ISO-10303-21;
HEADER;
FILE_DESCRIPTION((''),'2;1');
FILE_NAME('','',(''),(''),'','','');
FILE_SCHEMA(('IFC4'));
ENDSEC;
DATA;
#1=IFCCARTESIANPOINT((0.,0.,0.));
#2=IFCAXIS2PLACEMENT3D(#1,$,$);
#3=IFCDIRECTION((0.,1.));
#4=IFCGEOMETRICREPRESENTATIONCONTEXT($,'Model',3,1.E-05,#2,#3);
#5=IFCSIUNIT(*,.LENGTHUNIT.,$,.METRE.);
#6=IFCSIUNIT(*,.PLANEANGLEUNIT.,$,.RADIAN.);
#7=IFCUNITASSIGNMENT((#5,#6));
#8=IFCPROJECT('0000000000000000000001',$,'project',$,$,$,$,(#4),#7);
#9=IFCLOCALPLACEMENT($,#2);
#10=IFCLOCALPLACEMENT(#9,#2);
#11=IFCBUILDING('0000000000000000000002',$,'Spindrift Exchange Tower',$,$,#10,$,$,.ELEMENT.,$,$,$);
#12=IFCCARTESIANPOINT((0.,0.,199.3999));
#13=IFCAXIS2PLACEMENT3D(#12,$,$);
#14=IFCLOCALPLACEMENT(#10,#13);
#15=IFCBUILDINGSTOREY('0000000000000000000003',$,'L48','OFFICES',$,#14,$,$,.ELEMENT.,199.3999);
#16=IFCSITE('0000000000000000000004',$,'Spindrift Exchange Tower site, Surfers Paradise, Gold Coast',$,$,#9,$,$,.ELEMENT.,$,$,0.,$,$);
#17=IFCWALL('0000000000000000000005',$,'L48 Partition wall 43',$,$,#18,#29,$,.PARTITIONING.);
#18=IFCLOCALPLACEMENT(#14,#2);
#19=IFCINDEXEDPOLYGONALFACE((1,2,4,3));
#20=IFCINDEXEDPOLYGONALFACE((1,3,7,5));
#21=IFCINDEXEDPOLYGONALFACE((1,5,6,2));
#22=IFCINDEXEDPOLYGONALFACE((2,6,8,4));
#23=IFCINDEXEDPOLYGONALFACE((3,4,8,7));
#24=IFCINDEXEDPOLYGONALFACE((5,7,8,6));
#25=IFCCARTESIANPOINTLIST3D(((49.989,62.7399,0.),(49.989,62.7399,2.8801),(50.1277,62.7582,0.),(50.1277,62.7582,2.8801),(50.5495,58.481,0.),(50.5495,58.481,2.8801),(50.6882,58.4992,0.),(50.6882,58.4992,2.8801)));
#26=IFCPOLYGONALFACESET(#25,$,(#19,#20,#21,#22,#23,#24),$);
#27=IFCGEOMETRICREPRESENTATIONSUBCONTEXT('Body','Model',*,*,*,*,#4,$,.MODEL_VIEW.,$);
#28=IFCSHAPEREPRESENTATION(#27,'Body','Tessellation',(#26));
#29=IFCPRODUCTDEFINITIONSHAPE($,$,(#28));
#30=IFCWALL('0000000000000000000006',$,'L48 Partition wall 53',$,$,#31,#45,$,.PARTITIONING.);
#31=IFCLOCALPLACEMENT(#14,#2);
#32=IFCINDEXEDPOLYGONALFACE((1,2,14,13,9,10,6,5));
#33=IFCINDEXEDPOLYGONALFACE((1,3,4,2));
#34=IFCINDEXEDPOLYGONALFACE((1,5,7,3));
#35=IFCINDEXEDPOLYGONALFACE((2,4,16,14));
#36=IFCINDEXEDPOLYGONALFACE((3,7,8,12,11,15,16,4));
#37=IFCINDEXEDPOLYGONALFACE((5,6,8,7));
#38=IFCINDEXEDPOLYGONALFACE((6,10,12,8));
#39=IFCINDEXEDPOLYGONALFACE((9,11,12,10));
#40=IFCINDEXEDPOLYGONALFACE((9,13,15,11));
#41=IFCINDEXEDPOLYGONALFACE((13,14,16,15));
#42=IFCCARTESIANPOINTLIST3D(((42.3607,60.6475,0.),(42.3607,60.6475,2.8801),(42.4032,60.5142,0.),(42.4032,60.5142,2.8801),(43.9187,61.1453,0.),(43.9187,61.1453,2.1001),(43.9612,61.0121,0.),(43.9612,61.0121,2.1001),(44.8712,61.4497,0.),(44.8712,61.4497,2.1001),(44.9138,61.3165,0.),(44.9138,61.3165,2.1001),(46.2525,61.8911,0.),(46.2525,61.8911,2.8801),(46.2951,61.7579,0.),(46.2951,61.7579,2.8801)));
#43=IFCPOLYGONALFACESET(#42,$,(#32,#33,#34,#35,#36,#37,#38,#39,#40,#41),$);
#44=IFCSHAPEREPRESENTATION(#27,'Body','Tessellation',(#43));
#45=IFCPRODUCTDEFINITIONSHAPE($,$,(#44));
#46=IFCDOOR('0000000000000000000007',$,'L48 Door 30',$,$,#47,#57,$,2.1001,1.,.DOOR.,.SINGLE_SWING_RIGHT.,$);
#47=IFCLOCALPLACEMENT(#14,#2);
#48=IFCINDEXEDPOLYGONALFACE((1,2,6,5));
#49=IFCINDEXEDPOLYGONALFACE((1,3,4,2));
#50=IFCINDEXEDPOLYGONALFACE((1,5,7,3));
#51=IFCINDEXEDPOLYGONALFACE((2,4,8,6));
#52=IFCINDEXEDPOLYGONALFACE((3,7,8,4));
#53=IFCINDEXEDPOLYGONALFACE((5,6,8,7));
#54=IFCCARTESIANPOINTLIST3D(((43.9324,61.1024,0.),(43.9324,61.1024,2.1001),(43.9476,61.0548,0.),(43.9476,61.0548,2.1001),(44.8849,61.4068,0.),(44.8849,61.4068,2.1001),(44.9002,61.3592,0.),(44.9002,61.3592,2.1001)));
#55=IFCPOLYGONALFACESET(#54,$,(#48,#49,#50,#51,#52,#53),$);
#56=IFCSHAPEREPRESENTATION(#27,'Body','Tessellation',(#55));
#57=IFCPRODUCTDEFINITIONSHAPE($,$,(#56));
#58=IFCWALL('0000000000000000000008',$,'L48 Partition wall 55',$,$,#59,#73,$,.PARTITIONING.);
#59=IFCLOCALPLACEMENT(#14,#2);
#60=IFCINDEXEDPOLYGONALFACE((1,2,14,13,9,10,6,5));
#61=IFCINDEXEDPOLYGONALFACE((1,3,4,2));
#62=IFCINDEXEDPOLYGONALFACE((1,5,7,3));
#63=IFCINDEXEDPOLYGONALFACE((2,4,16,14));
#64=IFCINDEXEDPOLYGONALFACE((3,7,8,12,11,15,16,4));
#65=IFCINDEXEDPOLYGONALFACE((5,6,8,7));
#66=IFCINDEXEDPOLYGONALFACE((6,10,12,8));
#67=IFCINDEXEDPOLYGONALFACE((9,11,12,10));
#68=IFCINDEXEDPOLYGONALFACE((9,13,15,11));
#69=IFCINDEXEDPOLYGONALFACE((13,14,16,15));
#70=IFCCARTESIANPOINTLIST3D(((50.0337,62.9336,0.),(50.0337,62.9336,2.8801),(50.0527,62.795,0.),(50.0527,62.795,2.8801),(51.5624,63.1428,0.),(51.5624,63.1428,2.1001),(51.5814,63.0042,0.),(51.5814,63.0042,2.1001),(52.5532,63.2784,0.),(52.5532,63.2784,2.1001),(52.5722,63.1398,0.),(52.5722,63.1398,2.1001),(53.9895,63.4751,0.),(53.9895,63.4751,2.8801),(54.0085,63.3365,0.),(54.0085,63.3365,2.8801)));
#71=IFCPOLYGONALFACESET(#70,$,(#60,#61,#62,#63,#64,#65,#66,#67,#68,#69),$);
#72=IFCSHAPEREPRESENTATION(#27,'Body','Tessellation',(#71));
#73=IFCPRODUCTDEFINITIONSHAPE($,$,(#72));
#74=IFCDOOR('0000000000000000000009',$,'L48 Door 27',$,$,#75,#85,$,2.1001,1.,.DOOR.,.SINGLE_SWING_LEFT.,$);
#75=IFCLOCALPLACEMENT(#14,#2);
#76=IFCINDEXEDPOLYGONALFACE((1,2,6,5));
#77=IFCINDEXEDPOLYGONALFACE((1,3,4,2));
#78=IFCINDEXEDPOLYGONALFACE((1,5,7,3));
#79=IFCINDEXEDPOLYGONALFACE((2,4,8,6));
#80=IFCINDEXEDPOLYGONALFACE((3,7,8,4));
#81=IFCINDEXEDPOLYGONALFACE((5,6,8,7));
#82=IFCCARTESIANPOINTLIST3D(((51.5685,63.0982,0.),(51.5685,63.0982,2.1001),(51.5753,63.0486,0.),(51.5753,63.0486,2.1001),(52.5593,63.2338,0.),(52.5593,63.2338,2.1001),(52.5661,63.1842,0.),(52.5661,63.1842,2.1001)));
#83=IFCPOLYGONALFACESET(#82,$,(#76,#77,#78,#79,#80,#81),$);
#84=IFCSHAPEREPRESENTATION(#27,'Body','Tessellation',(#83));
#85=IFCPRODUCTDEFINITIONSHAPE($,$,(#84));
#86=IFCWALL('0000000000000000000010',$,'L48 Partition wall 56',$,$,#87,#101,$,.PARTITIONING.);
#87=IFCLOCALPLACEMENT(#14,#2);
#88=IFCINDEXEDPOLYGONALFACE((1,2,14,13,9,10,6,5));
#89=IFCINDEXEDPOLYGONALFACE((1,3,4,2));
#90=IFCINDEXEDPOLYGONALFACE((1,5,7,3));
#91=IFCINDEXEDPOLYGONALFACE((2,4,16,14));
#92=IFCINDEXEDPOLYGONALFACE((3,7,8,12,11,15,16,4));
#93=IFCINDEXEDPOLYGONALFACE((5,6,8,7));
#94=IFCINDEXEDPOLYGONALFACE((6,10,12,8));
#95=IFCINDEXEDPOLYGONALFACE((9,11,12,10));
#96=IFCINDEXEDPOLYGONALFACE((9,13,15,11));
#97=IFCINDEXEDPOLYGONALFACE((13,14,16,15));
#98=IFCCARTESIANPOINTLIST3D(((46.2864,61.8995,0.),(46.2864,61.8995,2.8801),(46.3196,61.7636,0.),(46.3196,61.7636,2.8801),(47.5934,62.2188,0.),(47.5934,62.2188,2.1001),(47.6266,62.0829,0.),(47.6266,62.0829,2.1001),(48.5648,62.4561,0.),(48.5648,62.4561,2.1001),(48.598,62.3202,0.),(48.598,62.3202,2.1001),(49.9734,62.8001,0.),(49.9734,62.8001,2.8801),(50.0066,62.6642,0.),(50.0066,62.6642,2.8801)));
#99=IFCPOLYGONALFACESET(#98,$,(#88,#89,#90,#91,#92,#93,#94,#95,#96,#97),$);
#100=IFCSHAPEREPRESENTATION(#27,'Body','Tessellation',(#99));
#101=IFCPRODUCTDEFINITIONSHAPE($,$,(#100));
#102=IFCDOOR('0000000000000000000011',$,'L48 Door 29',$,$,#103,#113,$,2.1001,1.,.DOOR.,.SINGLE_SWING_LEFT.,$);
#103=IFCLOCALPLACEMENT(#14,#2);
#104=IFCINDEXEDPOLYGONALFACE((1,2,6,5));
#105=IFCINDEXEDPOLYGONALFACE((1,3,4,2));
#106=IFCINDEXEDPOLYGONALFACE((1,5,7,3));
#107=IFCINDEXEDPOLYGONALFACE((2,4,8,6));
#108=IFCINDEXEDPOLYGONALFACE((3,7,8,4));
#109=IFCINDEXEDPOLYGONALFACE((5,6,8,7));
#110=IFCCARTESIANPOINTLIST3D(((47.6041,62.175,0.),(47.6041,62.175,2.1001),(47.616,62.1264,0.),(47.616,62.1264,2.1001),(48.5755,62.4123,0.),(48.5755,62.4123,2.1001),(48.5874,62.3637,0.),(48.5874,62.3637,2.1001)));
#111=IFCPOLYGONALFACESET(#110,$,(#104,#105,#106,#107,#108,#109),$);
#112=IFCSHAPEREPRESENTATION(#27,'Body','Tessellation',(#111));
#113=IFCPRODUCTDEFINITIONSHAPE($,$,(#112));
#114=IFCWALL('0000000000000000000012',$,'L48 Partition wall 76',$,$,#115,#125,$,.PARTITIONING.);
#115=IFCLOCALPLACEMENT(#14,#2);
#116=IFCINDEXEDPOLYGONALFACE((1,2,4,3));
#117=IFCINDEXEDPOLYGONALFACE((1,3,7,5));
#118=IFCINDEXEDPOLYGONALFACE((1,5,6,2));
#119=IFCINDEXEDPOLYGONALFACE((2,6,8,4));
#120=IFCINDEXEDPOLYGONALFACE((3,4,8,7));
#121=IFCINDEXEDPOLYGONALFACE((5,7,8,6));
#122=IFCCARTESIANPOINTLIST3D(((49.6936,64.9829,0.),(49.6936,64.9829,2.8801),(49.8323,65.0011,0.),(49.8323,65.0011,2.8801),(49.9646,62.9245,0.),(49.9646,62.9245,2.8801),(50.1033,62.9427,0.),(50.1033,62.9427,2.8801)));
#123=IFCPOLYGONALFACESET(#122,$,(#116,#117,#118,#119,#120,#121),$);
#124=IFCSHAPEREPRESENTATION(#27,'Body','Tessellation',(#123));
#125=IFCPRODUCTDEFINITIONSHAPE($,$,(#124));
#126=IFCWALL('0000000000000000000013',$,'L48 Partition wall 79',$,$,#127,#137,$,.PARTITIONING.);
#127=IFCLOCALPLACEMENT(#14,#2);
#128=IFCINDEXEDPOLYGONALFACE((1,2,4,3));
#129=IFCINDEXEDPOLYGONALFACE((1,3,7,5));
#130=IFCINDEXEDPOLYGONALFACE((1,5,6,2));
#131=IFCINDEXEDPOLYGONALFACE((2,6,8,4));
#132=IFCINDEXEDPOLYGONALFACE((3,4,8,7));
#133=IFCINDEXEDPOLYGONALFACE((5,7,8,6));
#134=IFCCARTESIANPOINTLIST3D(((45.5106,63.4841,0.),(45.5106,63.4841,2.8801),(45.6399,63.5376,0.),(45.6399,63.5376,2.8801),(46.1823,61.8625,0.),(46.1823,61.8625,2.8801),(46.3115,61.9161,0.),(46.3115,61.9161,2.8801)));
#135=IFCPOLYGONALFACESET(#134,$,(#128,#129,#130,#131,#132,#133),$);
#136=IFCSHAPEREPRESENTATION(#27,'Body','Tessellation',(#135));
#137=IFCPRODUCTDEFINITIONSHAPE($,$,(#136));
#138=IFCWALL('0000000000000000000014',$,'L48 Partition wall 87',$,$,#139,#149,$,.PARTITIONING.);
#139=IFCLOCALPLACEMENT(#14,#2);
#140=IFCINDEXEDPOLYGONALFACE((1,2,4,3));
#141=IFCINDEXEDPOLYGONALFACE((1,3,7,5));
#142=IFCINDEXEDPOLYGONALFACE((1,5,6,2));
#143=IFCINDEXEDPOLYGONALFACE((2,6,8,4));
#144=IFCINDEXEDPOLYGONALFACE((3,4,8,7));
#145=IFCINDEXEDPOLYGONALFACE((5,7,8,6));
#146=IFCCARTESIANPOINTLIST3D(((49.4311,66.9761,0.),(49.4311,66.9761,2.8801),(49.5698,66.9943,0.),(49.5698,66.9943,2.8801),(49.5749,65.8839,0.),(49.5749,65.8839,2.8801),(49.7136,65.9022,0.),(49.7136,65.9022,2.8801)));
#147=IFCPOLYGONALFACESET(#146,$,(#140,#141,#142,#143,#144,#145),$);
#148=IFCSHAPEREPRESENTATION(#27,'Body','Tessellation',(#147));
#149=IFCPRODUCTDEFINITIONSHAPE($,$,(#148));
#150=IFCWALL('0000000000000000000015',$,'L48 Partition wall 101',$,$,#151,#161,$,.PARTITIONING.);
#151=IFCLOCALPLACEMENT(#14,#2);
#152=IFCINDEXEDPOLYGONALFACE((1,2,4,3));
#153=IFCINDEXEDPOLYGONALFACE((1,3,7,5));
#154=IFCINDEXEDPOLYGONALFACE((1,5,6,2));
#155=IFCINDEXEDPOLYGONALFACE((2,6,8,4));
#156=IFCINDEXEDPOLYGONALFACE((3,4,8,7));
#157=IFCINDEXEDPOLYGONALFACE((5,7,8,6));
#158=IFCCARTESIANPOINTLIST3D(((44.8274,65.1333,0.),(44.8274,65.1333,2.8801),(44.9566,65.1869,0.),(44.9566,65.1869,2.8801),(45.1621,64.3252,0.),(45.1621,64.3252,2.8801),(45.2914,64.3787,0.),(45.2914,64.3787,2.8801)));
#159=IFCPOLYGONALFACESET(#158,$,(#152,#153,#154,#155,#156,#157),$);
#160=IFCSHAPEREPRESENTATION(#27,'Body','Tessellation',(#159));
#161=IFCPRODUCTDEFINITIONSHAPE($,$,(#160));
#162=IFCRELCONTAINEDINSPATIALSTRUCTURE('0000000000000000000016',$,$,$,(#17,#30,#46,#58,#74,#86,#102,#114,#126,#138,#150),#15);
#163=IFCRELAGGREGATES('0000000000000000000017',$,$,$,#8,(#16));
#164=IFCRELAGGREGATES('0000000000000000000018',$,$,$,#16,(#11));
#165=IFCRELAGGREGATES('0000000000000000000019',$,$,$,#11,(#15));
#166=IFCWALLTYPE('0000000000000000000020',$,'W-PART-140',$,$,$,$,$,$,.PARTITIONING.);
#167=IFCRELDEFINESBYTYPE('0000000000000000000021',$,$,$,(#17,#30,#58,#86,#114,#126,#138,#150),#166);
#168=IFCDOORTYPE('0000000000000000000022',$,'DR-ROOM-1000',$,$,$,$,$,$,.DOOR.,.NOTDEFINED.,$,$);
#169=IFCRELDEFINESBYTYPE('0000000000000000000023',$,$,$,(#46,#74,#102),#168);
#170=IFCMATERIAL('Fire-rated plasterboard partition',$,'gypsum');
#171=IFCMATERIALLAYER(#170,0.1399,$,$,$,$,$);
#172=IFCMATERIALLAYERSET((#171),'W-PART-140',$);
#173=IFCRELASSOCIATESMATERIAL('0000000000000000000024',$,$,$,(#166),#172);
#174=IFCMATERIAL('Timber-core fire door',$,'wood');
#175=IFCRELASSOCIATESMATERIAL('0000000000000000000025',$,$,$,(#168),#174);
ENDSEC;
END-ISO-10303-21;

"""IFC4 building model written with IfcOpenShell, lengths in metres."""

from ifc_helpers import new_model, si_unit, direction, frame, frame_2d, origin, place, context, subcontext, project, spatial, rectangle, extrude, source, transform, mapped, material, layer, layer_set, type_object, element, fill, save


model = new_model("IFC4")

# Units and contexts
model_context = context("Model", 3, precision=1e-05, world=origin(), true_north=direction((0.0, 1.0)))
body_context = subcontext(model_context, "Body", "Model", "MODEL_VIEW")
ifc_project = project(units=[si_unit("LENGTHUNIT", "METRE"), si_unit("PLANEANGLEUNIT", "RADIAN")], contexts=[model_context])

# Site, building, storey
site_placement = place(None, origin())
site = spatial("IfcSite", under=ifc_project, at=site_placement, Name="Spindrift Exchange Tower site, Surfers Paradise, Gold Coast", CompositionType="ELEMENT", RefElevation=0.0)
building_placement = place(site_placement, origin())
building = spatial("IfcBuilding", under=site, at=building_placement, Name="Spindrift Exchange Tower", CompositionType="ELEMENT")
storey_placement = place(building_placement, frame((0.0, 0.0, 199.3999)))
storey = spatial("IfcBuildingStorey", under=building, at=storey_placement, Name="L48", Description="OFFICES", CompositionType="ELEMENT", Elevation=199.3999)

# Wall
ifc_material_1 = material(Name="Fire-rated plasterboard partition", Category="gypsum")
ifc_layer_1 = layer(ifc_material_1, 0.1399)
ifc_layer_set_1 = layer_set([ifc_layer_1], Name="W-PART-140")
wall_type = type_object("IfcWallType", Name="W-PART-140", PredefinedType="PARTITIONING", material=ifc_layer_set_1)
wall_1_placement = place(storey_placement, frame((50.6189, 58.49, 0.0), z_axis=(0.0, 0.0, 1.0), x_axis=(-0.130488, 0.99145, 0.0)))
element("IfcWall", 1, at=wall_1_placement, inside=storey, type_object=wall_type, Name="L48 Partition wall 43", PredefinedType="PARTITIONING", context=body_context, shape_type="SweptSolid", body=[
    extrude(rectangle(XDim=4.2957, YDim=0.1399, at=frame_2d((2.1479, 0.0))), origin(), (0.0, 0.0, 1.0), 2.8801),
])

# Walls, openings, doors
wall_2_placement = place(storey_placement, frame((42.3818, 60.5808, 0.0), z_axis=(0.0, 0.0, 1.0), x_axis=(0.952548, 0.30439, 0.0)))
wall_2 = element("IfcWall", 2, at=wall_2_placement, inside=storey, type_object=wall_type, Name="L48 Partition wall 53", PredefinedType="PARTITIONING", context=body_context, shape_type="SweptSolid", body=[
    extrude(rectangle(XDim=4.0857, YDim=0.1399, at=frame_2d((2.043, 0.0))), origin(), (0.0, 0.0, 1.0), 2.8801),
])
opening_1_placement = place(wall_2_placement, frame((1.6357, 0.0, 0.0)))
opening_1 = element("IfcOpeningElement", 3, at=opening_1_placement, cuts=wall_2, PredefinedType="OPENING", context=body_context, shape_type="SweptSolid", body=[
    extrude(rectangle(XDim=1.0, YDim=2.1001, at=frame_2d((0.5, 1.05))), frame((0.0, 0.0798, 0.0), z_axis=(0.0, -1.0, 0.0), x_axis=(1.0, 0.0, 0.0)), (0.0, 0.0, 1.0), 0.1599),
])
ifc_material_2 = material(Name="Timber-core fire door", Category="wood")
door_type = type_object("IfcDoorType", Name="DR-ROOM-1000", OperationType="NOTDEFINED", PredefinedType="DOOR", material=ifc_material_2)
shared_shape_1 = source(origin(), body_context, "Body", "SweptSolid", [
    extrude(rectangle(XDim=1.0, YDim=2.1001, at=frame_2d((0.5, 1.05))), frame((0.0, 0.0249, 0.0), z_axis=(0.0, -1.0, 0.0), x_axis=(1.0, 0.0, 0.0)), (0.0, 0.0, 1.0), 0.05),
])
door_1_placement = place(opening_1_placement, origin())
door_1 = element("IfcDoor", 4, at=door_1_placement, inside=storey, type_object=door_type, Name="L48 Door 30", OperationType="SINGLE_SWING_RIGHT", OverallHeight=2.1001, OverallWidth=1.0, PredefinedType="DOOR", context=body_context, shape_type="MappedRepresentation", body=[
    mapped(shared_shape_1, transform((0.0, 0.0, 0.0), scale=1.0)),
])
fill(opening_1, door_1)
wall_3_placement = place(storey_placement, frame((50.0432, 62.8643, 0.0), z_axis=(0.0, 0.0, 1.0), x_axis=(0.99076, 0.135623, 0.0)))
wall_3 = element("IfcWall", 5, at=wall_3_placement, inside=storey, type_object=wall_type, Name="L48 Partition wall 55", PredefinedType="PARTITIONING", context=body_context, shape_type="SweptSolid", body=[
    extrude(rectangle(XDim=3.9927, YDim=0.1399, at=frame_2d((1.9963, 0.0))), origin(), (0.0, 0.0, 1.0), 2.8801),
])
opening_2_placement = place(wall_3_placement, frame((1.543, 0.0, 0.0)))
opening_2 = element("IfcOpeningElement", 6, at=opening_2_placement, cuts=wall_3, PredefinedType="OPENING", context=body_context, shape_type="SweptSolid", body=[
    extrude(rectangle(XDim=1.0, YDim=2.1001, at=frame_2d((0.5, 1.05))), frame((0.0, 0.0798, 0.0), z_axis=(0.0, -1.0, 0.0), x_axis=(1.0, 0.0, 0.0)), (0.0, 0.0, 1.0), 0.1599),
])
door_2_placement = place(opening_2_placement, origin())
door_2 = element("IfcDoor", 7, at=door_2_placement, inside=storey, type_object=door_type, Name="L48 Door 27", OperationType="SINGLE_SWING_LEFT", OverallHeight=2.1001, OverallWidth=1.0, PredefinedType="DOOR", context=body_context, shape_type="MappedRepresentation", body=[
    mapped(shared_shape_1, transform((0.0, 0.0, 0.0), scale=1.0)),
])
fill(opening_2, door_2)
wall_4_placement = place(storey_placement, frame((46.303, 61.8315, 0.0), z_axis=(0.0, 0.0, 1.0), x_axis=(0.971438, 0.237295, 0.0)))
wall_4 = element("IfcWall", 8, at=wall_4_placement, inside=storey, type_object=wall_type, Name="L48 Partition wall 56", PredefinedType="PARTITIONING", context=body_context, shape_type="SweptSolid", body=[
    extrude(rectangle(XDim=3.7954, YDim=0.1399, at=frame_2d((1.8977, 0.0))), origin(), (0.0, 0.0, 1.0), 2.8801),
])
opening_3_placement = place(wall_4_placement, frame((1.3455, 0.0, 0.0)))
opening_3 = element("IfcOpeningElement", 9, at=opening_3_placement, cuts=wall_4, PredefinedType="OPENING", context=body_context, shape_type="SweptSolid", body=[
    extrude(rectangle(XDim=1.0, YDim=2.1001, at=frame_2d((0.5, 1.05))), frame((0.0, 0.0798, 0.0), z_axis=(0.0, -1.0, 0.0), x_axis=(1.0, 0.0, 0.0)), (0.0, 0.0, 1.0), 0.1599),
])
door_3_placement = place(opening_3_placement, origin())
door_3 = element("IfcDoor", 10, at=door_3_placement, inside=storey, type_object=door_type, Name="L48 Door 29", OperationType="SINGLE_SWING_LEFT", OverallHeight=2.1001, OverallWidth=1.0, PredefinedType="DOOR", context=body_context, shape_type="MappedRepresentation", body=[
    mapped(shared_shape_1, transform((0.0, 0.0, 0.0), scale=1.0)),
])
fill(opening_3, door_3)

# Walls
wall_5_placement = place(storey_placement, frame((50.0339, 62.9336, 0.0), z_axis=(0.0, 0.0, 1.0), x_axis=(-0.130531, 0.991444, 0.0)))
element("IfcWall", 11, at=wall_5_placement, inside=storey, type_object=wall_type, Name="L48 Partition wall 76", PredefinedType="PARTITIONING", context=body_context, shape_type="SweptSolid", body=[
    extrude(rectangle(XDim=2.0762, YDim=0.1399, at=frame_2d((1.0381, 0.0))), origin(), (0.0, 0.0, 1.0), 2.8801),
])
wall_6_placement = place(storey_placement, frame((46.2468, 61.8894, 0.0), z_axis=(0.0, 0.0, 1.0), x_axis=(-0.382659, 0.92389, 0.0)))
element("IfcWall", 12, at=wall_6_placement, inside=storey, type_object=wall_type, Name="L48 Partition wall 79", PredefinedType="PARTITIONING", context=body_context, shape_type="SweptSolid", body=[
    extrude(rectangle(XDim=1.7551, YDim=0.1399, at=frame_2d((0.8774, 0.0))), origin(), (0.0, 0.0, 1.0), 2.8801),
])
wall_7_placement = place(storey_placement, frame((49.6443, 65.8931, 0.0), z_axis=(0.0, 0.0, 1.0), x_axis=(-0.130552, 0.991441, 0.0)))
element("IfcWall", 13, at=wall_7_placement, inside=storey, type_object=wall_type, Name="L48 Partition wall 87", PredefinedType="PARTITIONING", context=body_context, shape_type="SweptSolid", body=[
    extrude(rectangle(XDim=1.1016, YDim=0.1399, at=frame_2d((0.5508, 0.0))), origin(), (0.0, 0.0, 1.0), 2.8801),
])
wall_8_placement = place(storey_placement, frame((45.2268, 64.3518, 0.0), z_axis=(0.0, 0.0, 1.0), x_axis=(-0.382672, 0.923884, 0.0)))
element("IfcWall", 14, at=wall_8_placement, inside=storey, type_object=wall_type, Name="L48 Partition wall 101", PredefinedType="PARTITIONING", context=body_context, shape_type="SweptSolid", body=[
    extrude(rectangle(XDim=0.8748, YDim=0.1399, at=frame_2d((0.4375, 0.0))), origin(), (0.0, 0.0, 1.0), 2.8801),
])

save(model, "model.ifc")
